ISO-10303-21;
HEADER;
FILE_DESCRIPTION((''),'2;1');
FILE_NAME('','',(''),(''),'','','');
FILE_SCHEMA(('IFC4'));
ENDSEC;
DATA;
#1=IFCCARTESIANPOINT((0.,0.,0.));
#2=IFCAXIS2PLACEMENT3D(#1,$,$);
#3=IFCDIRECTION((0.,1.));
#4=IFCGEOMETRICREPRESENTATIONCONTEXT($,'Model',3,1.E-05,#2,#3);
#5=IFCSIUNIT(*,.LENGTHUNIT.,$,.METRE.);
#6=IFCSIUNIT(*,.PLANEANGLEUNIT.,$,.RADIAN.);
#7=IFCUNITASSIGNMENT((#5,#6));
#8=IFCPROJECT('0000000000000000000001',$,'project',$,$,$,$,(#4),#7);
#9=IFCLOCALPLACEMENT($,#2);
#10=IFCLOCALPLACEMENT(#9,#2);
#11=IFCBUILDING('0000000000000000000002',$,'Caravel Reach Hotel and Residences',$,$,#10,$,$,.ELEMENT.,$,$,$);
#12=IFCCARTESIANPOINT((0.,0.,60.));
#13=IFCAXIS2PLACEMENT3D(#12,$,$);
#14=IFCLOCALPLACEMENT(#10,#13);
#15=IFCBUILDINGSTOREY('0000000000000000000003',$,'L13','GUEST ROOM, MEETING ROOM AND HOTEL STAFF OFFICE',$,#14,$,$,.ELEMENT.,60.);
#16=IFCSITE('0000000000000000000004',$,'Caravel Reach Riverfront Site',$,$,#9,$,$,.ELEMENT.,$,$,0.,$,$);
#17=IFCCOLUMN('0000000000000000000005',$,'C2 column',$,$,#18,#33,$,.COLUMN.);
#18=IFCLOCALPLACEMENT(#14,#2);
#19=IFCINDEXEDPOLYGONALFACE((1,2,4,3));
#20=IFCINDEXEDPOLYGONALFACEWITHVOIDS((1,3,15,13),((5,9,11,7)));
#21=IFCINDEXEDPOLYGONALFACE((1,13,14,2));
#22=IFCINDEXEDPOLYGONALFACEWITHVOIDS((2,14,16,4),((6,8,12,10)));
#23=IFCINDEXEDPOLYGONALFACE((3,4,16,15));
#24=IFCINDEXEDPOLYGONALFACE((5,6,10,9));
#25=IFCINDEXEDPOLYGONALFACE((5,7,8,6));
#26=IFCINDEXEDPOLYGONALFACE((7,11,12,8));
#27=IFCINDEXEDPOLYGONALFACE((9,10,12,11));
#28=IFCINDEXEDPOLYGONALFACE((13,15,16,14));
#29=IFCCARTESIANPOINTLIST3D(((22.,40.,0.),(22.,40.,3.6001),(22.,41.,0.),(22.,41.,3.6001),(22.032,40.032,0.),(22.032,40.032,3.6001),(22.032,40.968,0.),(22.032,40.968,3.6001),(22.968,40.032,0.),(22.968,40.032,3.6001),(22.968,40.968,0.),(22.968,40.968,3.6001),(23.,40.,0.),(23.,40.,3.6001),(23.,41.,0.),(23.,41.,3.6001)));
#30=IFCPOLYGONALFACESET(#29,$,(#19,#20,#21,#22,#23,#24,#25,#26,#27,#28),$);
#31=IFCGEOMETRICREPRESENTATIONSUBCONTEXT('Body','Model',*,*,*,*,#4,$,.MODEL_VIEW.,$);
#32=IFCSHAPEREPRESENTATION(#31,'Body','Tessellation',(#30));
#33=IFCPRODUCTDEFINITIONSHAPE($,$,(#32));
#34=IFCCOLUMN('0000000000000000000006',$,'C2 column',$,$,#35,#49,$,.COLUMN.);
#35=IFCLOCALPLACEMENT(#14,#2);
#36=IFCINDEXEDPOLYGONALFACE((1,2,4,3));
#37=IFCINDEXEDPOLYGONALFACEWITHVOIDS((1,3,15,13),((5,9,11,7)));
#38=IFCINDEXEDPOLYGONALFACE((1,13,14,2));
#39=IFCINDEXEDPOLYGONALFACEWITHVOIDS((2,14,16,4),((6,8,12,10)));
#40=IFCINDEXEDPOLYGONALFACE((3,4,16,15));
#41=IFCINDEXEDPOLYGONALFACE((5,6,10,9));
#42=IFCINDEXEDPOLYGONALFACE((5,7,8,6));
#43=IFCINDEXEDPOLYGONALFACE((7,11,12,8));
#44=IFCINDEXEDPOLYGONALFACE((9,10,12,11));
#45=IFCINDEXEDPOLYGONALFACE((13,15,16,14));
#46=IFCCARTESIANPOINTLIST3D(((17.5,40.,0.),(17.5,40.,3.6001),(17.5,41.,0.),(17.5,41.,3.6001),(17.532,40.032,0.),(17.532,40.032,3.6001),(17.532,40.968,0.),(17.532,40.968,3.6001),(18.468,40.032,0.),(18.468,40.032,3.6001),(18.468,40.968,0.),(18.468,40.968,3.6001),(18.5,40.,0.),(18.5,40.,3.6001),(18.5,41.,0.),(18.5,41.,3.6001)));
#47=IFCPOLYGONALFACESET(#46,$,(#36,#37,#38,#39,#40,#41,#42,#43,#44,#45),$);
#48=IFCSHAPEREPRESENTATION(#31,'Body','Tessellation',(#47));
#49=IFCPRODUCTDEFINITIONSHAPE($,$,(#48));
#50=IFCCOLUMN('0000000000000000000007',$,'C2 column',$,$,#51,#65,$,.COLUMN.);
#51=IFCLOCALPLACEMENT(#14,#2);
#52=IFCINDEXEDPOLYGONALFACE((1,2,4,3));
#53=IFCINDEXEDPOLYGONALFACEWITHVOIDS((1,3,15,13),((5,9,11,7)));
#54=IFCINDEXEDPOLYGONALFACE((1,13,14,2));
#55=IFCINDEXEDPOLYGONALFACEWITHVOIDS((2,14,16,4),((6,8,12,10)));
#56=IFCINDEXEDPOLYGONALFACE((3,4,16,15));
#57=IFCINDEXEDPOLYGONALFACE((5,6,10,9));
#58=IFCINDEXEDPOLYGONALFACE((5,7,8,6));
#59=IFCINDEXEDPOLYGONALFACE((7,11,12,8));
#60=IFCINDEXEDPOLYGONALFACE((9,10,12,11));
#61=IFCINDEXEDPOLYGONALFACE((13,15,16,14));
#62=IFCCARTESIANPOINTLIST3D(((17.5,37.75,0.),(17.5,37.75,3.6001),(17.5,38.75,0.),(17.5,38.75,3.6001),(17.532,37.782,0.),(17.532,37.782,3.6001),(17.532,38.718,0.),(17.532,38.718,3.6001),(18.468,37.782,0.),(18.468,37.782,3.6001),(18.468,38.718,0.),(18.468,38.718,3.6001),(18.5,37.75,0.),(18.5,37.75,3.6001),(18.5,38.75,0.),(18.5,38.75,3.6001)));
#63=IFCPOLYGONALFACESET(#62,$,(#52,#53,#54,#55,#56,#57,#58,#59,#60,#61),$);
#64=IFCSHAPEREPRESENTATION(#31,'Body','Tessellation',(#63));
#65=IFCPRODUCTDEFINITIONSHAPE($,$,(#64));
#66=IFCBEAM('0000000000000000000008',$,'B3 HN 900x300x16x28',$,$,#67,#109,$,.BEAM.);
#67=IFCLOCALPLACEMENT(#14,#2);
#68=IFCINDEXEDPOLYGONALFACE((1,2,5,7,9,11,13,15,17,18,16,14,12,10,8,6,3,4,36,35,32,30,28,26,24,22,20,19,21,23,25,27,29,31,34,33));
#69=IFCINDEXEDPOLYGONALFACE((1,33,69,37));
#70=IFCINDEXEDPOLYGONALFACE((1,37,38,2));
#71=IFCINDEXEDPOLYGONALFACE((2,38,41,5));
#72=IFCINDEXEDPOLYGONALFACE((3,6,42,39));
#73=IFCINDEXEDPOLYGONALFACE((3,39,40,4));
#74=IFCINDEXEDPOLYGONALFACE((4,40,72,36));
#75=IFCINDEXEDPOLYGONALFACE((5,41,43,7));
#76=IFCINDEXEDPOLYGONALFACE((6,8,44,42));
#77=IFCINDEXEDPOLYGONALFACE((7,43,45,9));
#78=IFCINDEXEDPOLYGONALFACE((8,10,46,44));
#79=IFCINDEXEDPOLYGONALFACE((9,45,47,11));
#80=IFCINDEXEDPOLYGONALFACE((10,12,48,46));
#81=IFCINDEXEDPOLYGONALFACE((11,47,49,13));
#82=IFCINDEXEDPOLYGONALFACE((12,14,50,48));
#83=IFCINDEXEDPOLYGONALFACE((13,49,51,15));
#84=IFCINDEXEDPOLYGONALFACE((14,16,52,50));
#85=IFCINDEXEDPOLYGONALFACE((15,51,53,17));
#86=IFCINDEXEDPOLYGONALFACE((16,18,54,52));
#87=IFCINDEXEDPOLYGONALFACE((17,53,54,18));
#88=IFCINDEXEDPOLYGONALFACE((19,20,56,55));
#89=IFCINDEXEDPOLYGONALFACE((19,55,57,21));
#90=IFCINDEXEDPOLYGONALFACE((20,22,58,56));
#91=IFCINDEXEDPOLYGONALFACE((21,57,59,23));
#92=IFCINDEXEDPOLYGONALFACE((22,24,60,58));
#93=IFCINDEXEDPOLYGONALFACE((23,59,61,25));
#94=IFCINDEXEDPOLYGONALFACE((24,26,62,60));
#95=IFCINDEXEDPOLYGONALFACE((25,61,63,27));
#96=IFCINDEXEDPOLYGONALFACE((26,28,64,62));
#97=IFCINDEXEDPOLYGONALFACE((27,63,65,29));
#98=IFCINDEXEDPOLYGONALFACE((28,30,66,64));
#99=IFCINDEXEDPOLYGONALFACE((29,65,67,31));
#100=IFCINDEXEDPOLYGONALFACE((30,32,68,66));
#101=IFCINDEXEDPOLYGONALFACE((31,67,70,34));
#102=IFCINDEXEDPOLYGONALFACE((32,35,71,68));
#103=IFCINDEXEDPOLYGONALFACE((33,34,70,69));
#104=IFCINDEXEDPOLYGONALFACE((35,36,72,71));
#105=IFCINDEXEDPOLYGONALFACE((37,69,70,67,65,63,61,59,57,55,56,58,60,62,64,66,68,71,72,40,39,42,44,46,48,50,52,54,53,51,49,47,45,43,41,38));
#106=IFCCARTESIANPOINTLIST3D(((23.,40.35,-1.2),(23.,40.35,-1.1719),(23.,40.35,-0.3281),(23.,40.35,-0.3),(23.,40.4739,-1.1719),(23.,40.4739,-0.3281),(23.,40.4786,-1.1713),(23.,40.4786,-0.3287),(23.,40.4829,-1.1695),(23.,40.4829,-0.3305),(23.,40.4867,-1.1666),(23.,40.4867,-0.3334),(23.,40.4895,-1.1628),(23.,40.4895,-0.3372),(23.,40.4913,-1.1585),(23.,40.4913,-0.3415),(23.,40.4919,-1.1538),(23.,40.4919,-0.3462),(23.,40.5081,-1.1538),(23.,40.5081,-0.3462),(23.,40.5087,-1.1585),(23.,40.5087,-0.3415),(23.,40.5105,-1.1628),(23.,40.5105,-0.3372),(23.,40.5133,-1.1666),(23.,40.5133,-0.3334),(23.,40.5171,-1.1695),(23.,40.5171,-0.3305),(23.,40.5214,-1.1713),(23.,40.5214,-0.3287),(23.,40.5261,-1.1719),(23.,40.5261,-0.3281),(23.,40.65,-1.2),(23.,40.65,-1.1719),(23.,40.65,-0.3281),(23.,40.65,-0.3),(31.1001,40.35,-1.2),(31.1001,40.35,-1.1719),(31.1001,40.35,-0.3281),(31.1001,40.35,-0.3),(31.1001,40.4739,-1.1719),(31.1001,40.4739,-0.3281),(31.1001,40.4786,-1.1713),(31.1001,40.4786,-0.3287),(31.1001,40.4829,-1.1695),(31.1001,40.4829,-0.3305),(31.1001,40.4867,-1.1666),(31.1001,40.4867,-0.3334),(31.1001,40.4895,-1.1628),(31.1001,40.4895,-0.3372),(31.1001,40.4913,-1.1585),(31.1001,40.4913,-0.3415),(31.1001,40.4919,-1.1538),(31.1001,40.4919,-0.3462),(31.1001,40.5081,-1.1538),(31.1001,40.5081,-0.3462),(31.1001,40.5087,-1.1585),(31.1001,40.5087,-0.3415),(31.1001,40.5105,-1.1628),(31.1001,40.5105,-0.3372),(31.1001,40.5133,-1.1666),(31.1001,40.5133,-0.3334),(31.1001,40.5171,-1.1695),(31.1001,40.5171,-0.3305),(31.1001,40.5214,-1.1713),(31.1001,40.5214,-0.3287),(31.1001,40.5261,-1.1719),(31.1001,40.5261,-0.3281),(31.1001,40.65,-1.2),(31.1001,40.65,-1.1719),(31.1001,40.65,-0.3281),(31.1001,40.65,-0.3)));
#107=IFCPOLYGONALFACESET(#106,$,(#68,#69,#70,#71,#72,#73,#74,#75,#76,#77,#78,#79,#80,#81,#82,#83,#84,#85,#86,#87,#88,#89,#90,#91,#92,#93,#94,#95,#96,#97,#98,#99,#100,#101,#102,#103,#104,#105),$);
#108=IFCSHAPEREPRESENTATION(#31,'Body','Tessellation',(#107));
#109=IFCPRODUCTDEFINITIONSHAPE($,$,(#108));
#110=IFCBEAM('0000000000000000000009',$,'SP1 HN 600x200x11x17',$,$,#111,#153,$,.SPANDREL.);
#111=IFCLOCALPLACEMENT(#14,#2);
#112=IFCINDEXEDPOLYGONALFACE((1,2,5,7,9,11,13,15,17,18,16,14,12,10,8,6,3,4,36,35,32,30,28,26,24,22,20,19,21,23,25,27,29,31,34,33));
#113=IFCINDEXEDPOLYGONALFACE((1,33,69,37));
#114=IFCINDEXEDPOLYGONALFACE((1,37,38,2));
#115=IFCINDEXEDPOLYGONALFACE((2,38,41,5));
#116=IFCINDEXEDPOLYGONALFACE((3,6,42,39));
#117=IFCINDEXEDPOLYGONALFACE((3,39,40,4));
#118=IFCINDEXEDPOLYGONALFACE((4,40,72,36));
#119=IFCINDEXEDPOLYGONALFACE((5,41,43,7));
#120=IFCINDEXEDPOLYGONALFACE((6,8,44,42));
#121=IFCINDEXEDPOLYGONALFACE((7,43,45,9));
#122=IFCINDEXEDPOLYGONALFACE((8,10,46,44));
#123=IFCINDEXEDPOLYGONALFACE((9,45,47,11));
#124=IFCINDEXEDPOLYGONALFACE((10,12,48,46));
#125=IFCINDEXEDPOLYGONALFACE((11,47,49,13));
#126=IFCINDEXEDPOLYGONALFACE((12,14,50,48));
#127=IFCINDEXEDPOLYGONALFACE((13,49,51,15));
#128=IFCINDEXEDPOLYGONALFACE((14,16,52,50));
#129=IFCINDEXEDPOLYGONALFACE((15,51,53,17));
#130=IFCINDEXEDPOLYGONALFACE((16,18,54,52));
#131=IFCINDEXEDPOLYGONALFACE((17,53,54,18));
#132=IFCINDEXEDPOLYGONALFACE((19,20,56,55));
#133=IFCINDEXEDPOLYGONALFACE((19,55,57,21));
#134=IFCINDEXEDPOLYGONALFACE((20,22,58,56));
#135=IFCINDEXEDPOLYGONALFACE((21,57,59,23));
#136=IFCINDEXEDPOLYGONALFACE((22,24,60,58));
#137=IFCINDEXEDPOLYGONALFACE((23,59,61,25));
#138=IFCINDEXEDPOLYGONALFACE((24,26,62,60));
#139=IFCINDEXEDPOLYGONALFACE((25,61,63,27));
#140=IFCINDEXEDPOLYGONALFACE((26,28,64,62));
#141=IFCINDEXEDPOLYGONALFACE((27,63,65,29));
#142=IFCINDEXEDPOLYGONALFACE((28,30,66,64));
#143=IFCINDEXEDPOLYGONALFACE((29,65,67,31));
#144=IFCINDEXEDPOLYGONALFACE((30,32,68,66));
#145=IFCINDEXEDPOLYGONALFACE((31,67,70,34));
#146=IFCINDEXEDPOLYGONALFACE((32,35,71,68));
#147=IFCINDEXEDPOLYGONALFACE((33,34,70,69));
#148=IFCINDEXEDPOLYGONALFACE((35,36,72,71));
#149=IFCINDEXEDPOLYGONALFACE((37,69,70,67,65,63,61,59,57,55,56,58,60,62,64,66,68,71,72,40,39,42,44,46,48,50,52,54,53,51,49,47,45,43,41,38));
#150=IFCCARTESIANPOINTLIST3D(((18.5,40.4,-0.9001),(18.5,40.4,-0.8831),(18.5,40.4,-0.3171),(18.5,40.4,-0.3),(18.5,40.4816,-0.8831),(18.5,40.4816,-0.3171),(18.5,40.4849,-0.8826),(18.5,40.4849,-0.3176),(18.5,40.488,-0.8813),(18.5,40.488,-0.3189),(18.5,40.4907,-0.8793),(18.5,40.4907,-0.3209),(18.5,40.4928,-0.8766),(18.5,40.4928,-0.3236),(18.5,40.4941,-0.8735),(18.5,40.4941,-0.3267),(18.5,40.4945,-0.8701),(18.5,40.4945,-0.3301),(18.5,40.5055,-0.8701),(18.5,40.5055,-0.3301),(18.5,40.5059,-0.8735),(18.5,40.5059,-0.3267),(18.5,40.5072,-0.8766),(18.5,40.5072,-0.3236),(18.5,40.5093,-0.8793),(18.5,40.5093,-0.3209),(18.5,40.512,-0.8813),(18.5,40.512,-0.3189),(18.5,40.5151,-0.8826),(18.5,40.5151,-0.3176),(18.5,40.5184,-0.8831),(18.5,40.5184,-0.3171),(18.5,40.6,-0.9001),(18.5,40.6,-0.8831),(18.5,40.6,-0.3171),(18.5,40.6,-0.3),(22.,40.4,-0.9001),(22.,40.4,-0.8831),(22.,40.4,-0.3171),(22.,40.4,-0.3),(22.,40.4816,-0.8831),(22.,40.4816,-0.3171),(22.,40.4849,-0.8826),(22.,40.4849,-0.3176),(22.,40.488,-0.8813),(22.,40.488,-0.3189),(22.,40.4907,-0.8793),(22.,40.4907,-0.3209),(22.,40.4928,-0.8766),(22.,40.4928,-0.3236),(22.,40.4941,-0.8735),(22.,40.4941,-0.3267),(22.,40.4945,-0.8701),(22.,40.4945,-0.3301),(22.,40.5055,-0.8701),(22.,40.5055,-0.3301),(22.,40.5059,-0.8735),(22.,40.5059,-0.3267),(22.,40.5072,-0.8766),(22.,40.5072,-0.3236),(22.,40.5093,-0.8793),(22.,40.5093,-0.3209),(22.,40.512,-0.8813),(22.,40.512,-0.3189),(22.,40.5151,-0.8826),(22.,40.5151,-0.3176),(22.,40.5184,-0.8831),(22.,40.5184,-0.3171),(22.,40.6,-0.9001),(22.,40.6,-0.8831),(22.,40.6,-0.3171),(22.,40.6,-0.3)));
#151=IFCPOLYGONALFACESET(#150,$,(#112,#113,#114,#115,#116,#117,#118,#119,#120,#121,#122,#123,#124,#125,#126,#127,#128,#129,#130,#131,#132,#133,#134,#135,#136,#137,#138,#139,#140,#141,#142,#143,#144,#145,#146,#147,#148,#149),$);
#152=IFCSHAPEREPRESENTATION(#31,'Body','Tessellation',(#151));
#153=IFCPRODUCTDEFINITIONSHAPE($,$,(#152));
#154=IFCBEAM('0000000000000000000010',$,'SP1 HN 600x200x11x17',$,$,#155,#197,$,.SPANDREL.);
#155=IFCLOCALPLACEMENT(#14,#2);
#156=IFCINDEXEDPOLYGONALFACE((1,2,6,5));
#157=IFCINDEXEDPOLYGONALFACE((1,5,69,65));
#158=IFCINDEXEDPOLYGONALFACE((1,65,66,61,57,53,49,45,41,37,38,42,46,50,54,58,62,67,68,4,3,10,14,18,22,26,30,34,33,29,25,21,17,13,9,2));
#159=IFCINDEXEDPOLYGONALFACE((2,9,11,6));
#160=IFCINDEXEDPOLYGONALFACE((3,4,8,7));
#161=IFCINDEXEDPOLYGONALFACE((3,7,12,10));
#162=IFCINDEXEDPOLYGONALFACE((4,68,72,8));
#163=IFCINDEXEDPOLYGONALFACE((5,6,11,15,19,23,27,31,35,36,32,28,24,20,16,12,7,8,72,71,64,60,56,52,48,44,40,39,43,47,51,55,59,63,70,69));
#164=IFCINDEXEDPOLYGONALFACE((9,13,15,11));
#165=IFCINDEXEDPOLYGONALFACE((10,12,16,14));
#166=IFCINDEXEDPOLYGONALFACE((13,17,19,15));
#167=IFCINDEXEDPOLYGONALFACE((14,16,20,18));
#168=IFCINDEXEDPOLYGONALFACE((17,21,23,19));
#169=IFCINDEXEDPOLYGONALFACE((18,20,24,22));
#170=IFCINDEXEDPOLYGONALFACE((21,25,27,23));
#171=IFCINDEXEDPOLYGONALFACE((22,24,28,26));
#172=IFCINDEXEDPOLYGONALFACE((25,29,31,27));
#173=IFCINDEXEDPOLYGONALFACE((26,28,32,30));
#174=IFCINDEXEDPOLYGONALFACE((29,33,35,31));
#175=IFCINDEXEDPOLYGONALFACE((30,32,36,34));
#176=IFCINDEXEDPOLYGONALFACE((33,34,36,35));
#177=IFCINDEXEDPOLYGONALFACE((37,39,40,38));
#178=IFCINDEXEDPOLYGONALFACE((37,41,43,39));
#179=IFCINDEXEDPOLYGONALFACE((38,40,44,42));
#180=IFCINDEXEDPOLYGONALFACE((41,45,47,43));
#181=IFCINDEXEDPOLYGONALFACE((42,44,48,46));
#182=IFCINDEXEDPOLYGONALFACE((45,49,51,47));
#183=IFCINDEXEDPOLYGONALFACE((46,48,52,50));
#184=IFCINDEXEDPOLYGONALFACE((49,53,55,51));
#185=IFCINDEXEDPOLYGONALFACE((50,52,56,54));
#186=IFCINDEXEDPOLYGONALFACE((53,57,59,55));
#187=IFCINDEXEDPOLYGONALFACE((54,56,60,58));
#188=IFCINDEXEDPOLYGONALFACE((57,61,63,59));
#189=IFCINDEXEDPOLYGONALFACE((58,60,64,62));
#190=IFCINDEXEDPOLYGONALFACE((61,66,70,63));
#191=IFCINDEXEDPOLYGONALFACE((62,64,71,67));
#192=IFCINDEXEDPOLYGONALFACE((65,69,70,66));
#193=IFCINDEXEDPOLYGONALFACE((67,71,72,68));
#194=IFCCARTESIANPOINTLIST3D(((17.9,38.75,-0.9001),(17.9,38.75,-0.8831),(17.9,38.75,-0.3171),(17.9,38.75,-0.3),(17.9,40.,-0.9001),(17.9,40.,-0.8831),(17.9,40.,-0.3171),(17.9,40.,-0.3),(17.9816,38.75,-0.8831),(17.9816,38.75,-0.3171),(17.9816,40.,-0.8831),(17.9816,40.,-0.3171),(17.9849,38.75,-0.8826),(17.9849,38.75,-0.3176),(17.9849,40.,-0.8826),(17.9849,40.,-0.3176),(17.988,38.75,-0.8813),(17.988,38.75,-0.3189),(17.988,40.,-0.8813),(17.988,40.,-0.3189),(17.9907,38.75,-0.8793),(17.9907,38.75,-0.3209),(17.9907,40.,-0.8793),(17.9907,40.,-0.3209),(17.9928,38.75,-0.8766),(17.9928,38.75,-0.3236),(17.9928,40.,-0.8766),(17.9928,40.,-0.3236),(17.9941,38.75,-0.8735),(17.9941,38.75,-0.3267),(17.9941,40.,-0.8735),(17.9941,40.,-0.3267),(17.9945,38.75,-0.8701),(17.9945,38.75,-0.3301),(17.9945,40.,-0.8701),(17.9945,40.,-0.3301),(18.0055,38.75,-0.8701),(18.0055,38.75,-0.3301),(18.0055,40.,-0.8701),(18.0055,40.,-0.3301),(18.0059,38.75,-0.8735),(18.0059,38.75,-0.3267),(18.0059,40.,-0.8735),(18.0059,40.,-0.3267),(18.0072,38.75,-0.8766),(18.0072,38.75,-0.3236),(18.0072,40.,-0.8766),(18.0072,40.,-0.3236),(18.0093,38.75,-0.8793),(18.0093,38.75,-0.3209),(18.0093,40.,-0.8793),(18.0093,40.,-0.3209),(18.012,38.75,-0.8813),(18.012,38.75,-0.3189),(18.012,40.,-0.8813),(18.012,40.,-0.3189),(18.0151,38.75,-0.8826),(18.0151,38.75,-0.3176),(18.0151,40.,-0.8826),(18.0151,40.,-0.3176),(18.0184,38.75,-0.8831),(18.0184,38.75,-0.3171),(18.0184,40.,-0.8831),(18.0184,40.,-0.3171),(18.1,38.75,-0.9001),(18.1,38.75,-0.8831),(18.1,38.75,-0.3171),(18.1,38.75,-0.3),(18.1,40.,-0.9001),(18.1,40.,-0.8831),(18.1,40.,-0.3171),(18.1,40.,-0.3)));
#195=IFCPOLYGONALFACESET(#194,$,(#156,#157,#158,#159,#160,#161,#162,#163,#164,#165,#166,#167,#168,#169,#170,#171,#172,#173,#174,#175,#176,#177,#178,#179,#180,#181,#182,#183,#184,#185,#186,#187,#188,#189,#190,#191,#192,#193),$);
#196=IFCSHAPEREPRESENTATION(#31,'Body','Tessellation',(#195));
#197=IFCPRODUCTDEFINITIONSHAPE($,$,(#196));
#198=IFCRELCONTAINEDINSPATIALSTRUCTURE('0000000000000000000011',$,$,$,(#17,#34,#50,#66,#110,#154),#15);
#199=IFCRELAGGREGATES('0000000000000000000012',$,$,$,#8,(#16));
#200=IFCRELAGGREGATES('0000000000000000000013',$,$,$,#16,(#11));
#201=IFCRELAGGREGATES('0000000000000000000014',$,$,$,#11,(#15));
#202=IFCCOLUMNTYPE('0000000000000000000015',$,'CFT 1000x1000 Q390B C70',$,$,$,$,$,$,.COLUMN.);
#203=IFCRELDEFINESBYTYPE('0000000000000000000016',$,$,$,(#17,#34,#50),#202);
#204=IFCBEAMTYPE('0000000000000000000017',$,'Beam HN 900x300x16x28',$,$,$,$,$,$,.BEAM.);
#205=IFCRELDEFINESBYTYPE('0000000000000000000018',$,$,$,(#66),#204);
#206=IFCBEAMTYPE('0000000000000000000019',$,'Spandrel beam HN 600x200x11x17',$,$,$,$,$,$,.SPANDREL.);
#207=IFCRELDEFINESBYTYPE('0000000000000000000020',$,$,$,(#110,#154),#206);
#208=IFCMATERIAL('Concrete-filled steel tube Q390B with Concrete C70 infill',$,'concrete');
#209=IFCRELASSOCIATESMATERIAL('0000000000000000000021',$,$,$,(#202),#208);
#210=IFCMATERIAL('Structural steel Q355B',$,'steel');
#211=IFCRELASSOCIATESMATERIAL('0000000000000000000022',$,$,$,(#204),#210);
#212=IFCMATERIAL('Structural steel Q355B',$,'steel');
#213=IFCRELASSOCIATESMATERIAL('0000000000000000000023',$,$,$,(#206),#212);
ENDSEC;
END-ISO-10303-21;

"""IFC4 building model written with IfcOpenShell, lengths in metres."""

from ifc_helpers import new_model, si_unit, direction, frame, origin, origin_2d, place, context, subcontext, project, spatial, hollow_rectangle, i_section, extrude, material, material_profile, profile_set, type_object, element, save


model = new_model("IFC4")

# Units and contexts
model_context = context("Model", 3, precision=1e-05, world=origin(), true_north=direction((0.0, 1.0)))
body_context = subcontext(model_context, "Body", "Model", "MODEL_VIEW")
ifc_project = project(units=[si_unit("LENGTHUNIT", "METRE"), si_unit("PLANEANGLEUNIT", "RADIAN")], contexts=[model_context])

# Site, building, storey
site_placement = place(None, origin())
site = spatial("IfcSite", under=ifc_project, at=site_placement, Name="Caravel Reach Riverfront Site", CompositionType="ELEMENT", RefElevation=0.0)
building_placement = place(site_placement, origin())
building = spatial("IfcBuilding", under=site, at=building_placement, Name="Caravel Reach Hotel and Residences", CompositionType="ELEMENT")
storey_placement = place(building_placement, frame((0.0, 0.0, 60.0)))
storey = spatial("IfcBuildingStorey", under=building, at=storey_placement, Name="L13", Description="GUEST ROOM, MEETING ROOM AND HOTEL STAFF OFFICE", CompositionType="ELEMENT", Elevation=60.0)

# Columns
ifc_material_1 = material(Name="Concrete-filled steel tube Q390B with Concrete C70 infill", Category="concrete")
ifc_material_profile_1 = material_profile(ifc_material_1, hollow_rectangle(XDim=1.0, YDim=1.0, WallThickness=0.032, at=origin_2d()), Name="RHS 1000x1000x32")
ifc_profile_set_1 = profile_set([ifc_material_profile_1], Name="Concrete-filled steel tube Q390B with Concrete C70 infill")
column_type = type_object("IfcColumnType", Name="CFT 1000x1000 Q390B C70", PredefinedType="COLUMN", material=ifc_profile_set_1)
for number, where, z_axis, x_axis, name in (
    (1, (22.5, 40.5, 0.0), (0.0, 0.0, 1.0), (1.0, 0.0, 0.0), "C2 column"),
    (2, (18.0, 40.5, 0.0), (0.0, 0.0, 1.0), (1.0, 0.0, 0.0), "C2 column"),
    (3, (18.0, 38.25, 0.0), (0.0, 0.0, 1.0), (1.0, 0.0, 0.0), "C2 column"),
):
    element("IfcColumn", number, at=place(storey_placement, frame(where, z_axis=z_axis, x_axis=x_axis)), inside=storey, type_object=column_type, Name=name, PredefinedType="COLUMN", context=body_context, shape_type="SweptSolid", body=[
        extrude(hollow_rectangle(XDim=1.0, YDim=1.0, WallThickness=0.032, at=origin_2d()), origin(), (0.0, 0.0, 1.0), 3.6001),
    ])

# Beams
ifc_material_2 = material(Name="Structural steel Q355B", Category="steel")
ifc_material_profile_2 = material_profile(ifc_material_2, i_section(OverallWidth=0.3, OverallDepth=0.8999, WebThickness=0.0161, FlangeThickness=0.0281, FilletRadius=0.0181, at=origin_2d()), Name="HN 900x300x16x28")
ifc_profile_set_2 = profile_set([ifc_material_profile_2], Name="Structural steel Q355B")
beam_type_1 = type_object("IfcBeamType", Name="Beam HN 900x300x16x28", PredefinedType="BEAM", material=ifc_profile_set_2)
beam_1_placement = place(storey_placement, frame((23.0, 40.5, -0.75), z_axis=(1.0, 0.0, 0.0), x_axis=(0.0, 1.0, 0.0)))
element("IfcBeam", 4, at=beam_1_placement, inside=storey, type_object=beam_type_1, Name="B3 HN 900x300x16x28", PredefinedType="BEAM", context=body_context, shape_type="SweptSolid", body=[
    extrude(i_section(OverallWidth=0.3, OverallDepth=0.8999, WebThickness=0.0161, FlangeThickness=0.0281, FilletRadius=0.0181, at=origin_2d()), origin(), (0.0, 0.0, 1.0), 8.1001),
])
ifc_material_3 = material(Name="Structural steel Q355B", Category="steel")
ifc_material_profile_3 = material_profile(ifc_material_3, i_section(OverallWidth=0.2, OverallDepth=0.6001, WebThickness=0.011, FlangeThickness=0.0171, FilletRadius=0.0129, at=origin_2d()), Name="HN 600x200x11x17")
ifc_profile_set_3 = profile_set([ifc_material_profile_3], Name="Structural steel Q355B")
beam_type_2 = type_object("IfcBeamType", Name="Spandrel beam HN 600x200x11x17", PredefinedType="SPANDREL", material=ifc_profile_set_3)
beam_2_placement = place(storey_placement, frame((22.0, 40.5, -0.6001), z_axis=(-1.0, 0.0, 0.0), x_axis=(0.0, -1.0, 0.0)))
element("IfcBeam", 5, at=beam_2_placement, inside=storey, type_object=beam_type_2, Name="SP1 HN 600x200x11x17", PredefinedType="SPANDREL", context=body_context, shape_type="SweptSolid", body=[
    extrude(i_section(OverallWidth=0.2, OverallDepth=0.6001, WebThickness=0.011, FlangeThickness=0.0171, FilletRadius=0.0129, at=origin_2d()), origin(), (0.0, 0.0, 1.0), 3.5),
])
beam_3_placement = place(storey_placement, frame((18.0, 40.0, -0.6001), z_axis=(0.0, -1.0, 0.0), x_axis=(1.0, 0.0, 0.0)))
element("IfcBeam", 6, at=beam_3_placement, inside=storey, type_object=beam_type_2, Name="SP1 HN 600x200x11x17", PredefinedType="SPANDREL", context=body_context, shape_type="SweptSolid", body=[
    extrude(i_section(OverallWidth=0.2, OverallDepth=0.6001, WebThickness=0.011, FlangeThickness=0.0171, FilletRadius=0.0129, at=origin_2d()), origin(), (0.0, 0.0, 1.0), 1.25),
])

save(model, "model.ifc")
